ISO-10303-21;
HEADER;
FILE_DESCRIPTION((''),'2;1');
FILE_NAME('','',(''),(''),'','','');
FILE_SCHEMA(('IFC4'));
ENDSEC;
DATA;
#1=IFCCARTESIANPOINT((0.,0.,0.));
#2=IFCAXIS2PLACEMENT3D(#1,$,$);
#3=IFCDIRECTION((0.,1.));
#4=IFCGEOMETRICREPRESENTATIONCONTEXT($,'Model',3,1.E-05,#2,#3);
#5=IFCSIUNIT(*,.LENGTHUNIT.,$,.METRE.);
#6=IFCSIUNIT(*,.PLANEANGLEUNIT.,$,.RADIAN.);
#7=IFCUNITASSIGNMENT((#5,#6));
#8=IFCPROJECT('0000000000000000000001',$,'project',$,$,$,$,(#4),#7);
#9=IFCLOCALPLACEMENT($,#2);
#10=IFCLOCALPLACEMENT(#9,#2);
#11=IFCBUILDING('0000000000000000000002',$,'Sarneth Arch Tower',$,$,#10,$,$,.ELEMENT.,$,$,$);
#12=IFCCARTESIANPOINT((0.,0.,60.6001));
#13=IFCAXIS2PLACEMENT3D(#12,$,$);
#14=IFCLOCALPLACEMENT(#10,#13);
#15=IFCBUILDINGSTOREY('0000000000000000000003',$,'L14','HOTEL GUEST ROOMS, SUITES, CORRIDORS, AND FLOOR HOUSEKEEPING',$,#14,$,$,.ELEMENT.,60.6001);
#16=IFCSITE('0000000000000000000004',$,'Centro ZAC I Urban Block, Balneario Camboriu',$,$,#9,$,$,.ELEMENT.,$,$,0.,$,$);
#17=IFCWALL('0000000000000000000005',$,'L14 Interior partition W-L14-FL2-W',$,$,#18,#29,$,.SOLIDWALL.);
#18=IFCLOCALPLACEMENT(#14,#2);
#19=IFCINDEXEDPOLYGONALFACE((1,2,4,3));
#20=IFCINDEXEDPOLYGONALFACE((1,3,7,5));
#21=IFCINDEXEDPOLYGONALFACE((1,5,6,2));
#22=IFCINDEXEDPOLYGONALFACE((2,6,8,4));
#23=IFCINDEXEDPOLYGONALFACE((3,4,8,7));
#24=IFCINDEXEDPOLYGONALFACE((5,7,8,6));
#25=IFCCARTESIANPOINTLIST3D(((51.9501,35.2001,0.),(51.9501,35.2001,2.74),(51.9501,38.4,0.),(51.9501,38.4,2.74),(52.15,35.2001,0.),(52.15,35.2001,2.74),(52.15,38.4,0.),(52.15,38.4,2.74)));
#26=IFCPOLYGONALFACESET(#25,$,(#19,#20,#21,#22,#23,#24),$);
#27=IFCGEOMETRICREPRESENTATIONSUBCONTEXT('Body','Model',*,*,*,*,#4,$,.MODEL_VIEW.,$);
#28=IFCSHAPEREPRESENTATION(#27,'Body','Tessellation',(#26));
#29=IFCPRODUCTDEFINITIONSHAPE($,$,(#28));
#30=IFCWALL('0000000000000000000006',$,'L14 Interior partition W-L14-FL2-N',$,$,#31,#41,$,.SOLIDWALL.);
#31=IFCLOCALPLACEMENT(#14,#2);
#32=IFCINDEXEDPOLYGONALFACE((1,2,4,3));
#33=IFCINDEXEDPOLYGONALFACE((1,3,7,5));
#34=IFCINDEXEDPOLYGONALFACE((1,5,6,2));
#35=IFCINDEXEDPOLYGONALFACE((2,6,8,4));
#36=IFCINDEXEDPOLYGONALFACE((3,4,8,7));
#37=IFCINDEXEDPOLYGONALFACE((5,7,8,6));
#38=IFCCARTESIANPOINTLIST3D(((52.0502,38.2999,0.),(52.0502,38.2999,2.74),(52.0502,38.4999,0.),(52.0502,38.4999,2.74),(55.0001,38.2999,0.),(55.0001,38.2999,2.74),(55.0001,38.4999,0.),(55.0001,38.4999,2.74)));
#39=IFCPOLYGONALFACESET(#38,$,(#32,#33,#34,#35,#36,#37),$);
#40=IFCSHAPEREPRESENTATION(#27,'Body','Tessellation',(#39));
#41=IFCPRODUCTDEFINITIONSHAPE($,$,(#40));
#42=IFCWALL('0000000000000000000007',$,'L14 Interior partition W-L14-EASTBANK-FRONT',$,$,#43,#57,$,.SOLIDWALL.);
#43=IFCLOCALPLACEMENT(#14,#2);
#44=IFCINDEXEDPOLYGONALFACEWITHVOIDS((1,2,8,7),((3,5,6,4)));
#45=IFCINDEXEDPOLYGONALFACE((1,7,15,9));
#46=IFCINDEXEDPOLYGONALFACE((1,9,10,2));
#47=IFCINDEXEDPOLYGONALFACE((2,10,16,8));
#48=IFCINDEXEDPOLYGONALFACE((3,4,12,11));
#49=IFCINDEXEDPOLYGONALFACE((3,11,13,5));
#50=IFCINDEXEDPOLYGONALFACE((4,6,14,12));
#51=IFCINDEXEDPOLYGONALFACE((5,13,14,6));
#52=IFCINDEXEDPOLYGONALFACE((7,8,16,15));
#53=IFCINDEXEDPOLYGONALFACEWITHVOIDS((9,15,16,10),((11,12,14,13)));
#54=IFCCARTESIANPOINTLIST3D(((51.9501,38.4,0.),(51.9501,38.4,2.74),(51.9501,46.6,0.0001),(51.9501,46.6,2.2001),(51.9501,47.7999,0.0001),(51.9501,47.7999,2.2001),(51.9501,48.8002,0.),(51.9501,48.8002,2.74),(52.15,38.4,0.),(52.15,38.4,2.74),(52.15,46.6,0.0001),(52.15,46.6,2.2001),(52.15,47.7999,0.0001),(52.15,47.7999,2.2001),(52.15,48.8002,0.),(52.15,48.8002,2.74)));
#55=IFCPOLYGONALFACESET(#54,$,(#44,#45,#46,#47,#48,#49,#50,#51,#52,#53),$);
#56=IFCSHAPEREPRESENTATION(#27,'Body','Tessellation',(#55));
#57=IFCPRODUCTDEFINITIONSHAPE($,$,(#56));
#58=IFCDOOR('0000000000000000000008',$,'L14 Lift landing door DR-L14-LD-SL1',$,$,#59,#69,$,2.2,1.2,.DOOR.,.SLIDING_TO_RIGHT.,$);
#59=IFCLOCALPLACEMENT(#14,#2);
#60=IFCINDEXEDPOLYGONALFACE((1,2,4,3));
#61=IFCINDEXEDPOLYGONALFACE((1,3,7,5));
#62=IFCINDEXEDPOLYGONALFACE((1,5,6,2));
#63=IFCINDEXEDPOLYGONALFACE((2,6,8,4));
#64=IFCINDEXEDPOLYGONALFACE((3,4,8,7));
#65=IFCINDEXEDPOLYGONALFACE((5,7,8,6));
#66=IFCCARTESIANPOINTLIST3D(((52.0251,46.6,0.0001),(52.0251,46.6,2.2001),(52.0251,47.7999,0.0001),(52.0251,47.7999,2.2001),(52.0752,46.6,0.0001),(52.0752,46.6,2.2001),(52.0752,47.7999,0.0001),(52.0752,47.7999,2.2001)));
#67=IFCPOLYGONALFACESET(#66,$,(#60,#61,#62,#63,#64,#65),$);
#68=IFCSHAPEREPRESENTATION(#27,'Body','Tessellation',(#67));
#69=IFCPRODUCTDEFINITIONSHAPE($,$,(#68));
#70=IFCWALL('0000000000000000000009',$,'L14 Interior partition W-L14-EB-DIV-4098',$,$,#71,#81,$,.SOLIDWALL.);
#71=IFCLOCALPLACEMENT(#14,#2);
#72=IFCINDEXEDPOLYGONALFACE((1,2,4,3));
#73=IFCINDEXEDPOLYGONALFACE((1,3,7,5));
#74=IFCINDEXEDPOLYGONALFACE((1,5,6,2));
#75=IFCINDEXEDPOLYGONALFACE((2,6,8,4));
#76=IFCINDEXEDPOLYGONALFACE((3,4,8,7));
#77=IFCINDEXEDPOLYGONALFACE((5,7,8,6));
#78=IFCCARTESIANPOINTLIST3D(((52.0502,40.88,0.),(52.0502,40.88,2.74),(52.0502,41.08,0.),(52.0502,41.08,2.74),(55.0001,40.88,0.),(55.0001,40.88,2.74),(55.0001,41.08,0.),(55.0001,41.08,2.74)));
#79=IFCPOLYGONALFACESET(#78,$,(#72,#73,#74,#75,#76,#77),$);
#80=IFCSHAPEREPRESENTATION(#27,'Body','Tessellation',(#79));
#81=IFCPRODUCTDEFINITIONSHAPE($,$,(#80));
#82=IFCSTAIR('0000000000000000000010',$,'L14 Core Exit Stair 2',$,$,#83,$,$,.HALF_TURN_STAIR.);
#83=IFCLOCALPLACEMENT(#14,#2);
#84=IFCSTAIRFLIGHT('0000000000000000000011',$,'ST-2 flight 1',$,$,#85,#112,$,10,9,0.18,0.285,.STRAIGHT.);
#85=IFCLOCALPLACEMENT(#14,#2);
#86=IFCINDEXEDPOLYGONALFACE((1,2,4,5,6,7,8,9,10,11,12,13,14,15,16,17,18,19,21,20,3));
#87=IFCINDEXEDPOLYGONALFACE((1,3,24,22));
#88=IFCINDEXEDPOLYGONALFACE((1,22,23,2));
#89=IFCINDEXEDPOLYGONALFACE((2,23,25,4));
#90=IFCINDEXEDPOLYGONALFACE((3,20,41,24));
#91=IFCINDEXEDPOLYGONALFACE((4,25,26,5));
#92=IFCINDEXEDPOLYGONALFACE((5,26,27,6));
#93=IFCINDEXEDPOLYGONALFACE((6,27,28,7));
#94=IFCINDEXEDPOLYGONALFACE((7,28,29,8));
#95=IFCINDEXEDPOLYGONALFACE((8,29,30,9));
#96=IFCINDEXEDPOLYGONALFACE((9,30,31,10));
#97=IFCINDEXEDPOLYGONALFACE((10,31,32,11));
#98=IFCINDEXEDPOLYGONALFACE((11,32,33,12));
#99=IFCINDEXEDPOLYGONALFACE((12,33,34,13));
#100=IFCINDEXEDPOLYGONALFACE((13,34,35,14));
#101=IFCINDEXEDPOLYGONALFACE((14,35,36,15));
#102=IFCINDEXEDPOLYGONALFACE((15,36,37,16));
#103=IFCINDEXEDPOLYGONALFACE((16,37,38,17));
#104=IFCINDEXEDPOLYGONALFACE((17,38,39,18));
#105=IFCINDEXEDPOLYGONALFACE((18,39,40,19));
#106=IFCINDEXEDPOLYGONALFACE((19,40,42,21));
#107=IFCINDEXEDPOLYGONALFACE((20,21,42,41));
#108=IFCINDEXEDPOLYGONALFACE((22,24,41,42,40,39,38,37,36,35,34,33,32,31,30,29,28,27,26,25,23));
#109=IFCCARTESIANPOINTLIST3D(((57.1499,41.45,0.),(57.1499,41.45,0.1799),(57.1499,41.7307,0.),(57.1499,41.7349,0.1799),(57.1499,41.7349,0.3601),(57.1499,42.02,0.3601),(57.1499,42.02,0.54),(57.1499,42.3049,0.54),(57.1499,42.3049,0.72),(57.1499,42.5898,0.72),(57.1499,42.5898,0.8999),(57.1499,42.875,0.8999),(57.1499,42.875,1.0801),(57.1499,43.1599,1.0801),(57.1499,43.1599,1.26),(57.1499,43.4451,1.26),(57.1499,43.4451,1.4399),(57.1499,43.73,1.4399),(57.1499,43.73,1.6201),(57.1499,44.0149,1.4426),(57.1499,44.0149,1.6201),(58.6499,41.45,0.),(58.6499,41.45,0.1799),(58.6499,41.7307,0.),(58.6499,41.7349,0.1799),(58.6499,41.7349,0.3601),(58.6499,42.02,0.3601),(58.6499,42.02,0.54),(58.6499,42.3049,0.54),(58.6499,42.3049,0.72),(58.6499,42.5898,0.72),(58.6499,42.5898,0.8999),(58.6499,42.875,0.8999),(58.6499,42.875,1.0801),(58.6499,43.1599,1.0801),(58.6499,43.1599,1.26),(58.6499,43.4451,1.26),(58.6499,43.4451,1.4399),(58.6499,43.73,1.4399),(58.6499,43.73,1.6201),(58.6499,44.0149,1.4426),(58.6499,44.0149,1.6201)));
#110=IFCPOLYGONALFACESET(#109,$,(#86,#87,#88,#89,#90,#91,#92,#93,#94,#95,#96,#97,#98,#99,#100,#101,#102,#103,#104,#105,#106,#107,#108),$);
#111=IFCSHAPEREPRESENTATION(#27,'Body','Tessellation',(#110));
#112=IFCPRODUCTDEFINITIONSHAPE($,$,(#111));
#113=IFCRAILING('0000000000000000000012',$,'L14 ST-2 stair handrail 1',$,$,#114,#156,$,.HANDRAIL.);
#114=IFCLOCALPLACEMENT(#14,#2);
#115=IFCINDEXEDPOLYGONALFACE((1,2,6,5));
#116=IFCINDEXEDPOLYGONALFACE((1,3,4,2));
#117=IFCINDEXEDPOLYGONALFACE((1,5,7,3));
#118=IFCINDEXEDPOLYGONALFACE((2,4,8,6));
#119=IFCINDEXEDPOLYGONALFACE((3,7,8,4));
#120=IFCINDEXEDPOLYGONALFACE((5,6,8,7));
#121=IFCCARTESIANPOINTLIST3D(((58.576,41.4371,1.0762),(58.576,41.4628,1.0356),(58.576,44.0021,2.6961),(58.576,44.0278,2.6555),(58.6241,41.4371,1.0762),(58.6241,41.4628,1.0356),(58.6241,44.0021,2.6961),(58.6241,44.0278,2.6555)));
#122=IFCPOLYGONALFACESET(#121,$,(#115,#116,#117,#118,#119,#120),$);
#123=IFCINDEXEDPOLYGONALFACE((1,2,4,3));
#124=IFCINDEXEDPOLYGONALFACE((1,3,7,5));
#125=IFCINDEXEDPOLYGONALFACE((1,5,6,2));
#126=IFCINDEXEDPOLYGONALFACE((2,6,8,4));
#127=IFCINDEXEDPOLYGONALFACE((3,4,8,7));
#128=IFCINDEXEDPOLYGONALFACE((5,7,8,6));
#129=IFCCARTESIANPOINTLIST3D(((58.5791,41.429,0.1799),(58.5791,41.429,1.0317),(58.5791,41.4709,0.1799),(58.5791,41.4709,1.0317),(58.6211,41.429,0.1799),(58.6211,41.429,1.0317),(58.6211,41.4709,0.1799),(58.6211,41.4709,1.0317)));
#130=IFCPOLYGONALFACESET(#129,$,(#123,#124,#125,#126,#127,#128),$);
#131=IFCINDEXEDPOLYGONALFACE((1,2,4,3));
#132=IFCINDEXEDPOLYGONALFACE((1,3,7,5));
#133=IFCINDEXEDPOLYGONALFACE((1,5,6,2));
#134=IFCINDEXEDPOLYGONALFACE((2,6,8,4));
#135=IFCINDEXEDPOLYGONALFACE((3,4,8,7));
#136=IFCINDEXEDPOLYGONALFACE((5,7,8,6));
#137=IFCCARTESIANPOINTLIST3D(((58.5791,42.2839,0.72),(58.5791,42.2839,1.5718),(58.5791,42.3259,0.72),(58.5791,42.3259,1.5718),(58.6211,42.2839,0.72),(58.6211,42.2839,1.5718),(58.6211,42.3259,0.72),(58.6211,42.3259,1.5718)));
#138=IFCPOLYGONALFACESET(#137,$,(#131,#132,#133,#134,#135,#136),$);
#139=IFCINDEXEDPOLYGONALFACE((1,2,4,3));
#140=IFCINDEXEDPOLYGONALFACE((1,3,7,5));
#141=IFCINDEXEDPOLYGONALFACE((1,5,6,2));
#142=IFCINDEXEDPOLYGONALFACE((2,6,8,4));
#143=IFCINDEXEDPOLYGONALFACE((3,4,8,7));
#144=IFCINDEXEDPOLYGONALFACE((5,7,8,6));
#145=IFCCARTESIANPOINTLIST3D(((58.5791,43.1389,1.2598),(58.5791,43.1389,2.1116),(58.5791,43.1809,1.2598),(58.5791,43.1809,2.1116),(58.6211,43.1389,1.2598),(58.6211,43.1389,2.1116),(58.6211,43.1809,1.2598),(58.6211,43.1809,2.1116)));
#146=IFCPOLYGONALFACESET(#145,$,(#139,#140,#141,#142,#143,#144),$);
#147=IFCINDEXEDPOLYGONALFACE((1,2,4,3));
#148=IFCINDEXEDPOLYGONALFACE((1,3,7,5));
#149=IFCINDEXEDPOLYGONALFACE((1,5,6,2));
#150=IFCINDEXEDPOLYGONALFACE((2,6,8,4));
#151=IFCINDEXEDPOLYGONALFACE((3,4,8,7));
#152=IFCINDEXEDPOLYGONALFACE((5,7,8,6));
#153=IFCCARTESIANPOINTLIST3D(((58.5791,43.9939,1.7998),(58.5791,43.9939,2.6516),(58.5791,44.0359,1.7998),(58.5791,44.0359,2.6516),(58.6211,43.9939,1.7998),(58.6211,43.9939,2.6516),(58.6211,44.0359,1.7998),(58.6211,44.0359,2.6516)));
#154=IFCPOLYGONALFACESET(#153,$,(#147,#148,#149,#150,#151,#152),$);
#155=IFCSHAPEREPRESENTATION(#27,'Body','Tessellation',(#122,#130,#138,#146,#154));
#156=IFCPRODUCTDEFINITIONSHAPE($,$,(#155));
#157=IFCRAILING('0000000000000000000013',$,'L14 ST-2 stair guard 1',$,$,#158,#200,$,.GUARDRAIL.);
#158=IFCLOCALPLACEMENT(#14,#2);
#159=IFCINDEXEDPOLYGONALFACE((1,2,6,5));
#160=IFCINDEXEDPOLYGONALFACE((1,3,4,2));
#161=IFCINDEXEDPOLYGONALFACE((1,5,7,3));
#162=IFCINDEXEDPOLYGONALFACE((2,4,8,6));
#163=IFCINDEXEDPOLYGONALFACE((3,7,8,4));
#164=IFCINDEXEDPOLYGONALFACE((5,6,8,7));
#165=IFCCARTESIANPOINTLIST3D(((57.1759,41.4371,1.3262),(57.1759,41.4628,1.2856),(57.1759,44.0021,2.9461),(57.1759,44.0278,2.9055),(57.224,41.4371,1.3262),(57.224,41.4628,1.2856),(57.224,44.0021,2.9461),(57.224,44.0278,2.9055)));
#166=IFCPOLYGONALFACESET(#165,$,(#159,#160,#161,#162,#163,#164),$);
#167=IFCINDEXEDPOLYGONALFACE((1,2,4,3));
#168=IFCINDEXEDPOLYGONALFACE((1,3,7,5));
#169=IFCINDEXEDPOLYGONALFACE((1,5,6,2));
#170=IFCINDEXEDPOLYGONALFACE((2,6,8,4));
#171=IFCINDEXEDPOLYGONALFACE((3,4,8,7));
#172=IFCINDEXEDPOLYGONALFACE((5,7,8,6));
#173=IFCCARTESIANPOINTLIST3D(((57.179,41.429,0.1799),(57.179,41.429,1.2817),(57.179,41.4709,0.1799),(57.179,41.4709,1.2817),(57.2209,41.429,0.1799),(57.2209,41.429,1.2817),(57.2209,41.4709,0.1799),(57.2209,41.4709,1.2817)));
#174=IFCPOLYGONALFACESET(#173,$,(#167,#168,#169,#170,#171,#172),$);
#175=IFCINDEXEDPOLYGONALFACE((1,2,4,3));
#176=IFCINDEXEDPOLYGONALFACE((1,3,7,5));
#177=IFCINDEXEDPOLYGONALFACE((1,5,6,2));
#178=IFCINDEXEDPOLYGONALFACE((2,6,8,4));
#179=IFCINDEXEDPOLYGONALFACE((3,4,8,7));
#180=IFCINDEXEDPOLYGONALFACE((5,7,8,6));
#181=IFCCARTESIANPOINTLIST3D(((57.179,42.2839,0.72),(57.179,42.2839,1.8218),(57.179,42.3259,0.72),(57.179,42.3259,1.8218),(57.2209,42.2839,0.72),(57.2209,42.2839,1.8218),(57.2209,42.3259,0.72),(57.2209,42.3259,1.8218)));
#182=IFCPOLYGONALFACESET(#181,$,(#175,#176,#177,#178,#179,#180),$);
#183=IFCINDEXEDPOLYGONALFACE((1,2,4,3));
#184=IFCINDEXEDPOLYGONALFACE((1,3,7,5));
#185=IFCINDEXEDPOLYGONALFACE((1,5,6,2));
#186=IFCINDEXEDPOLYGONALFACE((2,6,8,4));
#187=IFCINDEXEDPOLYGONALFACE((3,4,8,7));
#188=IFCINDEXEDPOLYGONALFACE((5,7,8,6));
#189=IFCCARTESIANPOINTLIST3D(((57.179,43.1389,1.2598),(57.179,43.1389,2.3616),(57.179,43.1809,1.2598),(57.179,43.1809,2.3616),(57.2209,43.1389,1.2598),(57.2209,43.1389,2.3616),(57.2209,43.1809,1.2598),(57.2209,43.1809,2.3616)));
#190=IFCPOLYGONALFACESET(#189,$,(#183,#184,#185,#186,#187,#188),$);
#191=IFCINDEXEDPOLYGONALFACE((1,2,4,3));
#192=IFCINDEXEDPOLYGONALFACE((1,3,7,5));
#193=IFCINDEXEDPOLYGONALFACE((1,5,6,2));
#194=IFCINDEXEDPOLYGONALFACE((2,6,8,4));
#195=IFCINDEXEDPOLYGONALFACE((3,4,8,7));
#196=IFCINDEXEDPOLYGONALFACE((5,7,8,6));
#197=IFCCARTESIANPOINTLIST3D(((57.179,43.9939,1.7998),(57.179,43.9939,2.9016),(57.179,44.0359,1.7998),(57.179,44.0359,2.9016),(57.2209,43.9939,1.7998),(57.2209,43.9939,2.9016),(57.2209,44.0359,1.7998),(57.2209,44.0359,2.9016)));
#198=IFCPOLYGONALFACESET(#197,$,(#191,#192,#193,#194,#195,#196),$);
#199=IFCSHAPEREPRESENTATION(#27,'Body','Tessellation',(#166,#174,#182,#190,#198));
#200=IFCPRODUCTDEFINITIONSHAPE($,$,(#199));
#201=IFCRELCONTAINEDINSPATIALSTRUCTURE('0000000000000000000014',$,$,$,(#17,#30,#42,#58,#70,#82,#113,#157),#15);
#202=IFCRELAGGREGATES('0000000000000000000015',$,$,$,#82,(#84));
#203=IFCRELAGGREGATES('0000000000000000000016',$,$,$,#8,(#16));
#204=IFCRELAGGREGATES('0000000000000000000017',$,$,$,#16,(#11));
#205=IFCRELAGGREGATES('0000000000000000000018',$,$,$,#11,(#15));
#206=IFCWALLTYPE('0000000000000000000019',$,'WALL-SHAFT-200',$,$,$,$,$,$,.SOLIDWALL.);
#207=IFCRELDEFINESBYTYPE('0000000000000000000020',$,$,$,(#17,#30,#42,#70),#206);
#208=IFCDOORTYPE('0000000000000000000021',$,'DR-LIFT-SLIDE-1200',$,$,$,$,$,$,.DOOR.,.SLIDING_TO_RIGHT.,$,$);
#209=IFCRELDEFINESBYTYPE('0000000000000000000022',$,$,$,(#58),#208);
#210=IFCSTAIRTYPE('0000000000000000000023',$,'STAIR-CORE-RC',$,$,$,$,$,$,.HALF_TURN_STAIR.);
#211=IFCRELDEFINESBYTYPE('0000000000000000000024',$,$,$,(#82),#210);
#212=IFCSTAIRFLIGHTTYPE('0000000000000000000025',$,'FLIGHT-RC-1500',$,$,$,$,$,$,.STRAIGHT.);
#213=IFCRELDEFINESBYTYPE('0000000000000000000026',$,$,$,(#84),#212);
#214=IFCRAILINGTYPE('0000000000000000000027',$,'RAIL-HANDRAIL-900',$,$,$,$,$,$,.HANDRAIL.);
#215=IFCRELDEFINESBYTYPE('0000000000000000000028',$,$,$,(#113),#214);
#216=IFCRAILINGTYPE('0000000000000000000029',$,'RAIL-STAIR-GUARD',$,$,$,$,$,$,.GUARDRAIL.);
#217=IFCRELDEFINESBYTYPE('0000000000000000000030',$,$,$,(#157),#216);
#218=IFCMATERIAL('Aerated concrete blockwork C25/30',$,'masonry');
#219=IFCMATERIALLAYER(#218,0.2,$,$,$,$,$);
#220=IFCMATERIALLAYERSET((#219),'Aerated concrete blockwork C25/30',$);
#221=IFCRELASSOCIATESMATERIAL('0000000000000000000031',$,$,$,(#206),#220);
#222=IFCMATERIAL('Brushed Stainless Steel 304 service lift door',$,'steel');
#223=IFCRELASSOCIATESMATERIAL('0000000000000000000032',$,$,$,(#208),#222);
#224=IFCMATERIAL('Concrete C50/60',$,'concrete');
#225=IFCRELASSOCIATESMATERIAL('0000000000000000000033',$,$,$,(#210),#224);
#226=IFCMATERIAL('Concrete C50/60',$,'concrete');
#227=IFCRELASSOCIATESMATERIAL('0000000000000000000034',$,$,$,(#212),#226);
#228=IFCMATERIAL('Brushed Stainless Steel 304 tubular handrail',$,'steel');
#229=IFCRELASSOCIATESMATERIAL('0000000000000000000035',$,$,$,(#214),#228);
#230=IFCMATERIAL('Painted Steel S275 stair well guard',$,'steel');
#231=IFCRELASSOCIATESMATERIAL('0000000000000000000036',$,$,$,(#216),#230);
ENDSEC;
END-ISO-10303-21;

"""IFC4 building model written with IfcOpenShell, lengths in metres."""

from ifc_helpers import new_model, si_unit, direction, frame, frame_2d, origin, origin_2d, place, context, subcontext, project, spatial, polyline, rectangle, outline, extrude, material, layer, layer_set, type_object, element, fill, aggregate, save


model = new_model("IFC4")

# Units and contexts
model_context = context("Model", 3, precision=1e-05, world=origin(), true_north=direction((0.0, 1.0)))
body_context = subcontext(model_context, "Body", "Model", "MODEL_VIEW")
ifc_project = project(units=[si_unit("LENGTHUNIT", "METRE"), si_unit("PLANEANGLEUNIT", "RADIAN")], contexts=[model_context])

# Site, building, storey
site_placement = place(None, origin())
site = spatial("IfcSite", under=ifc_project, at=site_placement, Name="Centro ZAC I Urban Block, Balneario Camboriu", CompositionType="ELEMENT", RefElevation=0.0)
building_placement = place(site_placement, origin())
building = spatial("IfcBuilding", under=site, at=building_placement, Name="Sarneth Arch Tower", CompositionType="ELEMENT")
storey_placement = place(building_placement, frame((0.0, 0.0, 60.6001)))
storey = spatial("IfcBuildingStorey", under=building, at=storey_placement, Name="L14", Description="HOTEL GUEST ROOMS, SUITES, CORRIDORS, AND FLOOR HOUSEKEEPING", CompositionType="ELEMENT", Elevation=60.6001)

# Shared definitions
ifc_material_1 = material(Name="Aerated concrete blockwork C25/30", Category="masonry")
ifc_layer_1 = layer(ifc_material_1, 0.2)
ifc_layer_set_1 = layer_set([ifc_layer_1], Name="Aerated concrete blockwork C25/30")
wall_type_1 = type_object("IfcWallType", Name="WALL-SHAFT-200", PredefinedType="SOLIDWALL", material=ifc_layer_set_1)

# Walls
wall_1_placement = place(storey_placement, frame((52.05, 35.2, 0.0), z_axis=(0.0, 0.0, 1.0), x_axis=(0.0, 1.0, 0.0)))
element("IfcWall", 1, at=wall_1_placement, inside=storey, type_object=wall_type_1, Name="L14 Interior partition W-L14-FL2-W", PredefinedType="SOLIDWALL", context=body_context, shape_type="SweptSolid", body=[
    extrude(rectangle(XDim=3.2, YDim=0.2, at=frame_2d((1.6001, 0.0))), origin(), (0.0, 0.0, 1.0), 2.74),
])
wall_2_placement = place(storey_placement, frame((52.05, 38.3999, 0.0), z_axis=(0.0, 0.0, 1.0), x_axis=(1.0, 0.0, 0.0)))
element("IfcWall", 2, at=wall_2_placement, inside=storey, type_object=wall_type_1, Name="L14 Interior partition W-L14-FL2-N", PredefinedType="SOLIDWALL", context=body_context, shape_type="SweptSolid", body=[
    extrude(rectangle(XDim=2.95, YDim=0.2, at=frame_2d((1.4751, 0.0))), origin(), (0.0, 0.0, 1.0), 2.74),
])

# Wall, opening, door
wall_3_placement = place(storey_placement, frame((52.05, 38.3999, 0.0), z_axis=(0.0, 0.0, 1.0), x_axis=(0.0, 1.0, 0.0)))
wall_3 = element("IfcWall", 3, at=wall_3_placement, inside=storey, type_object=wall_type_1, Name="L14 Interior partition W-L14-EASTBANK-FRONT", PredefinedType="SOLIDWALL", context=body_context, shape_type="SweptSolid", body=[
    extrude(rectangle(XDim=10.4001, YDim=0.2, at=frame_2d((5.2002, 0.0))), origin(), (0.0, 0.0, 1.0), 2.74),
])
opening_1_placement = place(wall_3_placement, frame((8.2, 0.0, 0.0)))
opening_1 = element("IfcOpeningElement", 4, at=opening_1_placement, cuts=wall_3, PredefinedType="OPENING", context=body_context, shape_type="SweptSolid", body=[
    extrude(rectangle(XDim=1.2, YDim=2.2, at=frame_2d((0.6001, 1.1001))), frame((0.0, 0.1099, 0.0), z_axis=(0.0, -1.0, 0.0), x_axis=(1.0, 0.0, 0.0)), (0.0, 0.0, 1.0), 0.22),
])
ifc_material_2 = material(Name="Brushed Stainless Steel 304 service lift door", Category="steel")
door_type_1 = type_object("IfcDoorType", Name="DR-LIFT-SLIDE-1200", OperationType="SLIDING_TO_RIGHT", PredefinedType="DOOR", material=ifc_material_2)
door_1_placement = place(opening_1_placement, origin())
door_1 = element("IfcDoor", 5, at=door_1_placement, inside=storey, type_object=door_type_1, Name="L14 Lift landing door DR-L14-LD-SL1", OperationType="SLIDING_TO_RIGHT", OverallHeight=2.2, OverallWidth=1.2, PredefinedType="DOOR", context=body_context, shape_type="SweptSolid", body=[
    extrude(rectangle(XDim=1.2, YDim=2.2, at=frame_2d((0.6001, 1.1001))), frame((0.0, 0.0249, 0.0), z_axis=(0.0, -1.0, 0.0), x_axis=(1.0, 0.0, 0.0)), (0.0, 0.0, 1.0), 0.05),
])
fill(opening_1, door_1)

# Wall
wall_4_placement = place(storey_placement, frame((52.05, 40.98, 0.0), z_axis=(0.0, 0.0, 1.0), x_axis=(1.0, 0.0, 0.0)))
element("IfcWall", 6, at=wall_4_placement, inside=storey, type_object=wall_type_1, Name="L14 Interior partition W-L14-EB-DIV-4098", PredefinedType="SOLIDWALL", context=body_context, shape_type="SweptSolid", body=[
    extrude(rectangle(XDim=2.95, YDim=0.2, at=frame_2d((1.4751, 0.0))), origin(), (0.0, 0.0, 1.0), 2.74),
])

# Stair, stair flight
ifc_material_3 = material(Name="Concrete C50/60", Category="concrete")
stair_type = type_object("IfcStairType", Name="STAIR-CORE-RC", PredefinedType="HALF_TURN_STAIR", material=ifc_material_3)
stair_placement = place(storey_placement, origin())
stair = element("IfcStair", 7, at=stair_placement, inside=storey, type_object=stair_type, Name="L14 Core Exit Stair 2", PredefinedType="HALF_TURN_STAIR")
ifc_material_4 = material(Name="Concrete C50/60", Category="concrete")
stair_flight_type = type_object("IfcStairFlightType", Name="FLIGHT-RC-1500", PredefinedType="STRAIGHT", material=ifc_material_4)
stair_flight_placement = place(storey_placement, frame((57.8999, 41.45, 0.0), z_axis=(0.0, 0.0, 1.0), x_axis=(0.0, 1.0, 0.0)))
stair_flight = element("IfcStairFlight", 8, at=stair_flight_placement, type_object=stair_flight_type, Name="ST-2 flight 1", NumberOfRisers=10, NumberOfTreads=9, PredefinedType="STRAIGHT", RiserHeight=0.18, TreadLength=0.285, context=body_context, shape_type="SweptSolid", body=[
    extrude(outline(polyline([(0.0, 0.0), (0.0, 0.1799), (0.2849, 0.1799), (0.2849, 0.3601), (0.5701, 0.3601), (0.5701, 0.54), (0.855, 0.54), (0.855, 0.72), (1.1399, 0.72), (1.1399, 0.8999), (1.425, 0.8999), (1.425, 1.0801), (1.71, 1.0801), (1.71, 1.26), (1.9951, 1.26), (1.9951, 1.4399), (2.28, 1.4399), (2.28, 1.6201), (2.5649, 1.6201), (2.5649, 1.8), (2.5649, 1.4426), (0.2808, 0.0), (0.0, 0.0)])), frame((0.0, 0.75, 0.0), z_axis=(0.0, -1.0, 0.0), x_axis=(1.0, 0.0, 0.0)), (0.0, 0.0, 1.0), 1.5),
])
aggregate(stair, [stair_flight])

# Railings
ifc_material_5 = material(Name="Brushed Stainless Steel 304 tubular handrail", Category="steel")
railing_type_1 = type_object("IfcRailingType", Name="RAIL-HANDRAIL-900", PredefinedType="HANDRAIL", material=ifc_material_5)
railing_1_placement = place(storey_placement, frame((58.6001, 41.45, 0.1799)))
element("IfcRailing", 9, at=railing_1_placement, inside=storey, type_object=railing_type_1, Name="L14 ST-2 stair handrail 1", PredefinedType="HANDRAIL", context=body_context, shape_type="SweptSolid", body=[
    extrude(rectangle(XDim=0.0481, YDim=0.0481, at=origin_2d()), frame((0.0, 0.0, 0.876), z_axis=(0.0, 0.845502, 0.533972), x_axis=(-1.0, 0.0, 0.0)), (0.0, 0.0, 1.0), 3.0337),
    extrude(rectangle(XDim=0.042, YDim=0.042, at=origin_2d()), origin(), (0.0, 0.0, 1.0), 0.8518),
    extrude(rectangle(XDim=0.042, YDim=0.042, at=origin_2d()), frame((0.0, 0.855, 0.54)), (0.0, 0.0, 1.0), 0.8518),
    extrude(rectangle(XDim=0.042, YDim=0.042, at=origin_2d()), frame((0.0, 1.71, 1.0798)), (0.0, 0.0, 1.0), 0.8518),
    extrude(rectangle(XDim=0.042, YDim=0.042, at=origin_2d()), frame((0.0, 2.5649, 1.6199)), (0.0, 0.0, 1.0), 0.8518),
])
ifc_material_6 = material(Name="Painted Steel S275 stair well guard", Category="steel")
railing_type_2 = type_object("IfcRailingType", Name="RAIL-STAIR-GUARD", PredefinedType="GUARDRAIL", material=ifc_material_6)
railing_2_placement = place(storey_placement, frame((57.2, 41.45, 0.1799)))
element("IfcRailing", 10, at=railing_2_placement, inside=storey, type_object=railing_type_2, Name="L14 ST-2 stair guard 1", PredefinedType="GUARDRAIL", context=body_context, shape_type="SweptSolid", body=[
    extrude(rectangle(XDim=0.0481, YDim=0.0481, at=origin_2d()), frame((0.0, 0.0, 1.126), z_axis=(0.0, 0.845502, 0.533972), x_axis=(-1.0, 0.0, 0.0)), (0.0, 0.0, 1.0), 3.0337),
    extrude(rectangle(XDim=0.042, YDim=0.042, at=origin_2d()), origin(), (0.0, 0.0, 1.0), 1.1018),
    extrude(rectangle(XDim=0.042, YDim=0.042, at=origin_2d()), frame((0.0, 0.855, 0.54)), (0.0, 0.0, 1.0), 1.1018),
    extrude(rectangle(XDim=0.042, YDim=0.042, at=origin_2d()), frame((0.0, 1.71, 1.0798)), (0.0, 0.0, 1.0), 1.1018),
    extrude(rectangle(XDim=0.042, YDim=0.042, at=origin_2d()), frame((0.0, 2.5649, 1.6199)), (0.0, 0.0, 1.0), 1.1018),
])

save(model, "model.ifc")
